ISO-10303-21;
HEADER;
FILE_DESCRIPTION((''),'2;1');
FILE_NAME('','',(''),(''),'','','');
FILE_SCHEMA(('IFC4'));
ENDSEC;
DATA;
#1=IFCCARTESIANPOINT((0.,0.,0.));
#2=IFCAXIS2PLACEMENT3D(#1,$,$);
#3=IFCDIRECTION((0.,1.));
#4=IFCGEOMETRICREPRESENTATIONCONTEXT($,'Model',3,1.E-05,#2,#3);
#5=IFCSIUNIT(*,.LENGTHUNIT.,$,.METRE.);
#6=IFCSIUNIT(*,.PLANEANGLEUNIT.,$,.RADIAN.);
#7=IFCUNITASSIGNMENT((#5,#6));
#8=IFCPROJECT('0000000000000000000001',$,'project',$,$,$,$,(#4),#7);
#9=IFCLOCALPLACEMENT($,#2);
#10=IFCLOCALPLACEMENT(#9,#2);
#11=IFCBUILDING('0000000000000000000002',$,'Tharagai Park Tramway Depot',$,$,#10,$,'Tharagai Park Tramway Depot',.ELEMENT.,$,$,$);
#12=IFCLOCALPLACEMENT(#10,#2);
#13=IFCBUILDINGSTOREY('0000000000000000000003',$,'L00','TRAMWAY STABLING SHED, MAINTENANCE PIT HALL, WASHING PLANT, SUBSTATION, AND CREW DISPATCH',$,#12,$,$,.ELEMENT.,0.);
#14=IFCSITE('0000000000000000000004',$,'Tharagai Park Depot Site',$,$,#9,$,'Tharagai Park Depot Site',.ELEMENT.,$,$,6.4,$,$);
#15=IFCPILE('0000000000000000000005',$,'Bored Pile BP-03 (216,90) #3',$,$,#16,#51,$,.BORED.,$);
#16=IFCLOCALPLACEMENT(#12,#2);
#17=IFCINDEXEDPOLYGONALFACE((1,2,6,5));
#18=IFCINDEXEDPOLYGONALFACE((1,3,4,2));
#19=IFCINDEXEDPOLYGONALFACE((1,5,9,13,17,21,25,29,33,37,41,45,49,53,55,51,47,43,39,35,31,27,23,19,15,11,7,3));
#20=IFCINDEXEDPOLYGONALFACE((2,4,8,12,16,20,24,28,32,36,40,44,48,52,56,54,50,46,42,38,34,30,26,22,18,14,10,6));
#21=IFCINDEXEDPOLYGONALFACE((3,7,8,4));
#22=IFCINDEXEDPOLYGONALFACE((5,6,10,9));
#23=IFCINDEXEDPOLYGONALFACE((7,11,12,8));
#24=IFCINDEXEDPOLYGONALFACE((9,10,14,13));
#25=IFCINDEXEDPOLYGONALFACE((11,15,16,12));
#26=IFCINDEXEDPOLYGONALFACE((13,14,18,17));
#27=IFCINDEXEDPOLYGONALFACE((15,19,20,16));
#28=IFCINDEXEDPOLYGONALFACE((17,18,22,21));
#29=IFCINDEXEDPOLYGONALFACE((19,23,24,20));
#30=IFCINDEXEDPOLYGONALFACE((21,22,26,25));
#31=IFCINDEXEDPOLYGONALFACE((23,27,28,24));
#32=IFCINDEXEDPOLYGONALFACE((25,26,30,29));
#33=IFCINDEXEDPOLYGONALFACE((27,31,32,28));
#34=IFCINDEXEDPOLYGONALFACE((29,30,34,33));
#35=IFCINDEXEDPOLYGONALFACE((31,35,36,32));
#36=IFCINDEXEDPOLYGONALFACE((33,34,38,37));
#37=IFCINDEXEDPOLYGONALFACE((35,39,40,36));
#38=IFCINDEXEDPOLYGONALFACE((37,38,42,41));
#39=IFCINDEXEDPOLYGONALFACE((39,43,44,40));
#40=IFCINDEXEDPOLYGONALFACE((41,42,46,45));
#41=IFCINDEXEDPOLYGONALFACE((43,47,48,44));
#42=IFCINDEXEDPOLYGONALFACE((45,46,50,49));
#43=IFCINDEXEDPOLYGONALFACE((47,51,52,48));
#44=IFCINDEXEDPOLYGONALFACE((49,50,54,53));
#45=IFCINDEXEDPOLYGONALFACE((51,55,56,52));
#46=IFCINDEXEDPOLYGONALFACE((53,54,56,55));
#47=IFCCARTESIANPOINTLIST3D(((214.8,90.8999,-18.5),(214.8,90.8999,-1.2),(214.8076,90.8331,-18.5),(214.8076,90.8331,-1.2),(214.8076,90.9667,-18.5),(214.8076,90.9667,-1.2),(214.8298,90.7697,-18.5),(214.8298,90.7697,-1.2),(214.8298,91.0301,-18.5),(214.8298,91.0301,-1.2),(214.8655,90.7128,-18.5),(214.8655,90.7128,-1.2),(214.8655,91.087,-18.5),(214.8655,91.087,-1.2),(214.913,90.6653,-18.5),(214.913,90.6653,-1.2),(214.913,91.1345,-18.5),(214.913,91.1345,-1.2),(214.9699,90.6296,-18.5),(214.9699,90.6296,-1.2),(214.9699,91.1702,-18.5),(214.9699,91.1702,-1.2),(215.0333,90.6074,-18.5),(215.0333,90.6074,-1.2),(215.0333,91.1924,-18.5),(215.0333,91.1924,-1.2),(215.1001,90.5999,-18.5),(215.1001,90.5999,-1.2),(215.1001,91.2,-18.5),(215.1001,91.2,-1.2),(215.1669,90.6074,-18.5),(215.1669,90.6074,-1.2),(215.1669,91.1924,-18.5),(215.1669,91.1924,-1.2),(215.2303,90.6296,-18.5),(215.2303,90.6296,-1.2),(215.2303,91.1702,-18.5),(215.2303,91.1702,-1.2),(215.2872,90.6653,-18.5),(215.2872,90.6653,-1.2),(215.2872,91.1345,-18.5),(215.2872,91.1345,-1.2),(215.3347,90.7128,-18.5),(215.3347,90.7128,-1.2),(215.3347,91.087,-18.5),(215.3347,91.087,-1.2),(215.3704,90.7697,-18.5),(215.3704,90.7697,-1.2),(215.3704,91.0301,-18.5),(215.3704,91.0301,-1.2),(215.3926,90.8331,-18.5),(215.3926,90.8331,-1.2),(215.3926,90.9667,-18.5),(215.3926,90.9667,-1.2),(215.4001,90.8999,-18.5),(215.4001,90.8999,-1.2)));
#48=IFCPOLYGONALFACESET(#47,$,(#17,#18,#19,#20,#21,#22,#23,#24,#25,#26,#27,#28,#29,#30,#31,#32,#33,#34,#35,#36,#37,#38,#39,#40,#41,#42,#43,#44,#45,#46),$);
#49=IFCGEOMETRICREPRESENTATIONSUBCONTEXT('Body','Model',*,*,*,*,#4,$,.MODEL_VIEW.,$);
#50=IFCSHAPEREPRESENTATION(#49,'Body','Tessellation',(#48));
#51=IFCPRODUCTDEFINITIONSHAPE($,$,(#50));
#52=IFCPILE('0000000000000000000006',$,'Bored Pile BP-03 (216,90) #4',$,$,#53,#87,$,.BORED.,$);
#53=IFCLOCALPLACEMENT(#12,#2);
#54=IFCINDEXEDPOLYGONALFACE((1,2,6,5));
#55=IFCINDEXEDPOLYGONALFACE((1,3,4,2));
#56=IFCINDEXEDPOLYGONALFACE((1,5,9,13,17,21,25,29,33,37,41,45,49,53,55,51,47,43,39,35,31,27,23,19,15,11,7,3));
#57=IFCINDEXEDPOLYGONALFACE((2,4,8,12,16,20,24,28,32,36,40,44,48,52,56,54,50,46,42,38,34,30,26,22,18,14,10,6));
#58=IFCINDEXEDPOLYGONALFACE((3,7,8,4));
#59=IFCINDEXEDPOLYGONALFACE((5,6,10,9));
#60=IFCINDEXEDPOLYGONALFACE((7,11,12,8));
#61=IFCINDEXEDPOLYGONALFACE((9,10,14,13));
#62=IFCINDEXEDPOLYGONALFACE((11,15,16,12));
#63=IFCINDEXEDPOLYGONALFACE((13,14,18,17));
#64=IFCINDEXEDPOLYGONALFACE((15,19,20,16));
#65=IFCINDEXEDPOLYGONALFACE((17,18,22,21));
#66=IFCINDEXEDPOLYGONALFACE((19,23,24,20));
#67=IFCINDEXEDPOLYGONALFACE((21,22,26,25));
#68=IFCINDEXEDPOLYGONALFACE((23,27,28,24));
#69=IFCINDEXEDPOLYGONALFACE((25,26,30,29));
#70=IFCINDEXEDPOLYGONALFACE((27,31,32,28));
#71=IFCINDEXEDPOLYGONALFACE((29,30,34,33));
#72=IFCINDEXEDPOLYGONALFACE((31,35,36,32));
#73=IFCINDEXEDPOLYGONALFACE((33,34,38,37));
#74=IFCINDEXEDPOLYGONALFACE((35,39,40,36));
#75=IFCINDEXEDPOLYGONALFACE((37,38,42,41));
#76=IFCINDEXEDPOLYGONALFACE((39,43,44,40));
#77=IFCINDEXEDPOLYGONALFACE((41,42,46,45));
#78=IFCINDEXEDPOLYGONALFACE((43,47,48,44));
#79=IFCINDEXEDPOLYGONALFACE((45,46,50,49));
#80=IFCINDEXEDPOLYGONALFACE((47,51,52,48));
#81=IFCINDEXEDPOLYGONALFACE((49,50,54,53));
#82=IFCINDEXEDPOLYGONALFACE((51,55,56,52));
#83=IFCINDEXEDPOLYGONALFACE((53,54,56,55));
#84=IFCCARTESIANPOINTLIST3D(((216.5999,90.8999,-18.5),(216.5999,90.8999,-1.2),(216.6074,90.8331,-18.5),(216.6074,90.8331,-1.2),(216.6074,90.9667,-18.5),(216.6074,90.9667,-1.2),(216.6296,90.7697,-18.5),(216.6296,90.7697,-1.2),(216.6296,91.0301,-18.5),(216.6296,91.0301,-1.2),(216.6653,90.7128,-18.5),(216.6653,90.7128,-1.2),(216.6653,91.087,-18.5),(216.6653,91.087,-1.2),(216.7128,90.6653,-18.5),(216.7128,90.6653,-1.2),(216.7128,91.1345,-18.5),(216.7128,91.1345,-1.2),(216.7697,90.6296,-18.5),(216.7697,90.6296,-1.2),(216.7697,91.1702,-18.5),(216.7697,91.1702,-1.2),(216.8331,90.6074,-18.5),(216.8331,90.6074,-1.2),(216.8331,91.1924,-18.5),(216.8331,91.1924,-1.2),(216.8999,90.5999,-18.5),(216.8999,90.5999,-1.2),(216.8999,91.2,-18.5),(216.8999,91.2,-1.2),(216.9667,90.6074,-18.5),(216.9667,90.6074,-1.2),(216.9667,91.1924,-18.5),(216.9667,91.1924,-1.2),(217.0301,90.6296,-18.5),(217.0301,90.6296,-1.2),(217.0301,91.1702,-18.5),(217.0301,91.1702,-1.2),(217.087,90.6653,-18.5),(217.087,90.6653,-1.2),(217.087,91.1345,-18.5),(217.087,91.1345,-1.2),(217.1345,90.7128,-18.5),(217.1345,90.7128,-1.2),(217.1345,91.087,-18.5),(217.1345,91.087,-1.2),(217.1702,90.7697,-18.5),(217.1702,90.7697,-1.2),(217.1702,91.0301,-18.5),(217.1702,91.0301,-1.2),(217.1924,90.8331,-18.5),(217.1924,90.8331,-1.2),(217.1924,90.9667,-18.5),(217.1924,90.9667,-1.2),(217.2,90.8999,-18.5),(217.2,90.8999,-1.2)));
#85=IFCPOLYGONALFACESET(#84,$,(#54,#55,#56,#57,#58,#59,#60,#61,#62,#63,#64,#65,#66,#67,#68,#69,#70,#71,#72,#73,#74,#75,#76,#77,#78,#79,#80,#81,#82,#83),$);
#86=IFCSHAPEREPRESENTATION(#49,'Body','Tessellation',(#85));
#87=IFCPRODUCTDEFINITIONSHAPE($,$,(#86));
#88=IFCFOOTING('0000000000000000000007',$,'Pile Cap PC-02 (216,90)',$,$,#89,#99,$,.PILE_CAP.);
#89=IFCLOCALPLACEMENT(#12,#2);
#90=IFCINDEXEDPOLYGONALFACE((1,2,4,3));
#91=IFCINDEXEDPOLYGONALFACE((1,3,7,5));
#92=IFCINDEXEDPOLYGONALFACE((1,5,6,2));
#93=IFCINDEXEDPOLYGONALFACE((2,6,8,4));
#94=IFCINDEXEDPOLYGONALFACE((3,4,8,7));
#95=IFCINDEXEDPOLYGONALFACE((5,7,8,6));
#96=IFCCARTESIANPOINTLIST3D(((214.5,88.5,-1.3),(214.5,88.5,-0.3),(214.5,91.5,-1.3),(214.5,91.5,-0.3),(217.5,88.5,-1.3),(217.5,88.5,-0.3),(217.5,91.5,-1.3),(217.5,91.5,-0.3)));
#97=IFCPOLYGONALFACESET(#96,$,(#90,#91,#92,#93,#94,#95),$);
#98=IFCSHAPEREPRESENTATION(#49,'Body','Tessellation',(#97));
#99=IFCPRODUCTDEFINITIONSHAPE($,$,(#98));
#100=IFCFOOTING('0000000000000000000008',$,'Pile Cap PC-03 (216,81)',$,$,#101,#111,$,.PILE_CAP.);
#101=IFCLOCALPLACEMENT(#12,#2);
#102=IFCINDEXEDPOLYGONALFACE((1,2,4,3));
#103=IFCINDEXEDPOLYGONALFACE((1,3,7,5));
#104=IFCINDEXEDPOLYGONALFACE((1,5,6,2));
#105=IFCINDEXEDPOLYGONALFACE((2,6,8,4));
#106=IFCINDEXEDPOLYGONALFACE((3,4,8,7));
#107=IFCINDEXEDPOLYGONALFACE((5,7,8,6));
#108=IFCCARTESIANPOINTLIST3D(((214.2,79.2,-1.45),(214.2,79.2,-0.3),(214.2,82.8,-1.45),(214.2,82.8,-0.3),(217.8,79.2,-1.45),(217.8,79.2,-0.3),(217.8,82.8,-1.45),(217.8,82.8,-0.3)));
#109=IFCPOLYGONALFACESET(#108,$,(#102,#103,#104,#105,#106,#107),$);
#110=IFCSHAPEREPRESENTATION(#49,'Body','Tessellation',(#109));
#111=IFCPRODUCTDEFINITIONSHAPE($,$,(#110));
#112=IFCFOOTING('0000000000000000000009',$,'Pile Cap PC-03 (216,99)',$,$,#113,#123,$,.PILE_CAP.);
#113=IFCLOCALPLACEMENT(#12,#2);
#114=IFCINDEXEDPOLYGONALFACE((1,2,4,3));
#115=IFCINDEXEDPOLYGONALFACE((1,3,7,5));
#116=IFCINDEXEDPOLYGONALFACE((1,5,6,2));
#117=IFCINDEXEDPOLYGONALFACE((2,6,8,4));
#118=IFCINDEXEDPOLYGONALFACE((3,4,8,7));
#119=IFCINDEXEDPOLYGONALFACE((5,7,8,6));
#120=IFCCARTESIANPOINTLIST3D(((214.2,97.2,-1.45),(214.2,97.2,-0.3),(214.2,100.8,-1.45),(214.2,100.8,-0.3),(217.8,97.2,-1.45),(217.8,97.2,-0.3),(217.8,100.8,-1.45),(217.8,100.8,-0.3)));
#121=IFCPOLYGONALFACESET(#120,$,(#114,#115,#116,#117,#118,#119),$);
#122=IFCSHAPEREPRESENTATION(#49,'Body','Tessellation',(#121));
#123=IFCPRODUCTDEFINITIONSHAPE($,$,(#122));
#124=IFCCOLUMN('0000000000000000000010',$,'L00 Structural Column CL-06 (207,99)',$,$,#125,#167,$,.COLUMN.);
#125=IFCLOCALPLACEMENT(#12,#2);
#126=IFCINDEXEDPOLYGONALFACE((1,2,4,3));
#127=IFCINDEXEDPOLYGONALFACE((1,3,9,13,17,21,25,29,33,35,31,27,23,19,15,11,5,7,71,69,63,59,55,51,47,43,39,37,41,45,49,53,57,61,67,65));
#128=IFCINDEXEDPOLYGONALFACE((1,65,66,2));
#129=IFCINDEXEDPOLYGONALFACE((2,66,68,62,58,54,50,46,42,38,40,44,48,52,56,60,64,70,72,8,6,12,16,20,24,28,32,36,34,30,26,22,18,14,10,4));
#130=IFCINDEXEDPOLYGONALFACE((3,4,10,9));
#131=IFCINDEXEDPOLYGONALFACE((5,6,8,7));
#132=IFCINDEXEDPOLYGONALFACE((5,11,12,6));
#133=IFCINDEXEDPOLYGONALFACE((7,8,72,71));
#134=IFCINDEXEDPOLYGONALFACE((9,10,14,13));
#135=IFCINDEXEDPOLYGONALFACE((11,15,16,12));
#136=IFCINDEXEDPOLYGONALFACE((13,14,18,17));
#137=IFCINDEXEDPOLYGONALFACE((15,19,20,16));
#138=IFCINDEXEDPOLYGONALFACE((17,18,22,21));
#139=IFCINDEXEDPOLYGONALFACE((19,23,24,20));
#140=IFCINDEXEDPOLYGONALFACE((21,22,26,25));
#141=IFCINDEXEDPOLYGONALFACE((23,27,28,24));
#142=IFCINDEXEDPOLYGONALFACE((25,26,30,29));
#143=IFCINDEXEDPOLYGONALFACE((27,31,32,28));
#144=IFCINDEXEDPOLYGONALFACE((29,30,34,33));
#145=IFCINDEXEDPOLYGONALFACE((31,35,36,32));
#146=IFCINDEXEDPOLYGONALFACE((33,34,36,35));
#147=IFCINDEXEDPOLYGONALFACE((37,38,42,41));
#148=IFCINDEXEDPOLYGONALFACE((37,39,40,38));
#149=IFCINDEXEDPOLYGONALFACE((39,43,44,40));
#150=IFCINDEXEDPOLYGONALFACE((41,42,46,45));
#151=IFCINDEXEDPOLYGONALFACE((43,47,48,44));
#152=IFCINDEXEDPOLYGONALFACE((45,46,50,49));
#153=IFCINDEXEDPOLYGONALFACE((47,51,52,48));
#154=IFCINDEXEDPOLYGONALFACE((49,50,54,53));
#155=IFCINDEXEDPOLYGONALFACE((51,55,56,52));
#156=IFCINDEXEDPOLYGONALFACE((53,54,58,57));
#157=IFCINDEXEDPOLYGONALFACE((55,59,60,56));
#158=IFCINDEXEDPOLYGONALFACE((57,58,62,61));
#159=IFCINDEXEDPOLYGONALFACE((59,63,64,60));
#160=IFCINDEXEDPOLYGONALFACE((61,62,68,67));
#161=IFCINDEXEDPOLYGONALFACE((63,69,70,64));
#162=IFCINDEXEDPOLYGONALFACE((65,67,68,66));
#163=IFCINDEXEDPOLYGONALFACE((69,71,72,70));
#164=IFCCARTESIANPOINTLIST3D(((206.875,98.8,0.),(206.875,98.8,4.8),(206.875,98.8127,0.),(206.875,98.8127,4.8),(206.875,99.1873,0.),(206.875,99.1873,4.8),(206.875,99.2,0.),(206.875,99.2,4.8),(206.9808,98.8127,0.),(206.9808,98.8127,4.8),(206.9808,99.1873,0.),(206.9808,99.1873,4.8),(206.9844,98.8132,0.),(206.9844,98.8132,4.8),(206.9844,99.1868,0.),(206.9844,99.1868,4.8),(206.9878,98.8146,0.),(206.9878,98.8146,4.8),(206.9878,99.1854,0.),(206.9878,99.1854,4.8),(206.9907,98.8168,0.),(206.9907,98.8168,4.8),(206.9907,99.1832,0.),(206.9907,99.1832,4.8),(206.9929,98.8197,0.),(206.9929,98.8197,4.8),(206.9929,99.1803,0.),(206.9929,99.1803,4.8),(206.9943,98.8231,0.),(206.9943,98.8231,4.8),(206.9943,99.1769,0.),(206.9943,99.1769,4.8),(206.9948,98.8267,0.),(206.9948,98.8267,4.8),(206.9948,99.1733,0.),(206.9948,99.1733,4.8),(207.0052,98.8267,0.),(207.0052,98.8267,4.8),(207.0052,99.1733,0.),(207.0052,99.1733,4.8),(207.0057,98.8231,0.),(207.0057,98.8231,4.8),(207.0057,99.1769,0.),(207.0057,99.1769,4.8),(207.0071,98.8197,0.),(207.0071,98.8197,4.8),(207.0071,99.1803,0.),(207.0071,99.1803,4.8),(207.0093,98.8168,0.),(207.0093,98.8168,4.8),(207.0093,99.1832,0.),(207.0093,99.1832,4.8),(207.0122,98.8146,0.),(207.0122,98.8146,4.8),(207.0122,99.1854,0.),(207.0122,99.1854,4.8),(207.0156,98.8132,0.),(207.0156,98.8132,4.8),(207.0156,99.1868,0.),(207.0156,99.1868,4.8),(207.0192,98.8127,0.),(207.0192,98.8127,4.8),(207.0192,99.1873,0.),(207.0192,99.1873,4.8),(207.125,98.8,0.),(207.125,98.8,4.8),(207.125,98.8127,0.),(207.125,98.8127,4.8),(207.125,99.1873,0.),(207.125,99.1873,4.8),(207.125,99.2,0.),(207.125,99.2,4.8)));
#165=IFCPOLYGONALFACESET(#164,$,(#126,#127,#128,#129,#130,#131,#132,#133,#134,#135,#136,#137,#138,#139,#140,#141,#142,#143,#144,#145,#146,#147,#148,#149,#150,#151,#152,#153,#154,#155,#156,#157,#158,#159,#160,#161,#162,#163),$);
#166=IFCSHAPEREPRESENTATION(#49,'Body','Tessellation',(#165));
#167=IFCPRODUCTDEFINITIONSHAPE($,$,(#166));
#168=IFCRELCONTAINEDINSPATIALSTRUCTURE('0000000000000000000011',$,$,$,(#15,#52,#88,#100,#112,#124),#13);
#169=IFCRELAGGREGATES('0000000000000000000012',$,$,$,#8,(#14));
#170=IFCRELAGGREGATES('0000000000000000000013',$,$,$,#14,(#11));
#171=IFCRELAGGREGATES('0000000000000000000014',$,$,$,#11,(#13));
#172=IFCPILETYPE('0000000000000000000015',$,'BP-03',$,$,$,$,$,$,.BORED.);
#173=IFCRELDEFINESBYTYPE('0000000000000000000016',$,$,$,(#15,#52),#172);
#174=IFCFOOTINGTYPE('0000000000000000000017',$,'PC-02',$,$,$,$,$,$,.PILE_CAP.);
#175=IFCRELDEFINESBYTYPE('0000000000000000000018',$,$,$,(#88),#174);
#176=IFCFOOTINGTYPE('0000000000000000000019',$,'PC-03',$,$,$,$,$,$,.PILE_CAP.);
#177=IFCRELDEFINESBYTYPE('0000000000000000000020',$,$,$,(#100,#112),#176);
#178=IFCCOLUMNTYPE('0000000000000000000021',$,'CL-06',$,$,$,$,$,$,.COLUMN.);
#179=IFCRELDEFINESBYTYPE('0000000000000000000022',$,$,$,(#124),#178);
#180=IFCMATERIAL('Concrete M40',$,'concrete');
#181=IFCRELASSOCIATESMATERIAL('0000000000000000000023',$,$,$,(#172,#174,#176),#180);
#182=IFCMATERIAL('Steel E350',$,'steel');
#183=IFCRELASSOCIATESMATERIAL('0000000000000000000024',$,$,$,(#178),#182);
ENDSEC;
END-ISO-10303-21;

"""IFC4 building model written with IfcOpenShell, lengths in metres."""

from ifc_helpers import new_model, si_unit, direction, frame, origin, origin_2d, place, context, subcontext, project, spatial, rectangle, circle, i_section, extrude, material, material_profile, profile_set, type_object, element, save


model = new_model("IFC4")

# Units and contexts
model_context = context("Model", 3, precision=1e-05, world=origin(), true_north=direction((0.0, 1.0)))
body_context = subcontext(model_context, "Body", "Model", "MODEL_VIEW")
ifc_project = project(units=[si_unit("LENGTHUNIT", "METRE"), si_unit("PLANEANGLEUNIT", "RADIAN")], contexts=[model_context])

# Site, building, storey
site_placement = place(None, origin())
site = spatial("IfcSite", under=ifc_project, at=site_placement, Name="Tharagai Park Depot Site", LongName="Tharagai Park Depot Site", CompositionType="ELEMENT", RefElevation=6.4)
building_placement = place(site_placement, origin())
building = spatial("IfcBuilding", under=site, at=building_placement, Name="Tharagai Park Tramway Depot", LongName="Tharagai Park Tramway Depot", CompositionType="ELEMENT")
storey_placement = place(building_placement, origin())
storey = spatial("IfcBuildingStorey", under=building, at=storey_placement, Name="L00", Description="TRAMWAY STABLING SHED, MAINTENANCE PIT HALL, WASHING PLANT, SUBSTATION, AND CREW DISPATCH", CompositionType="ELEMENT", Elevation=0.0)

# Piles
ifc_material_1 = material(Name="Concrete M40", Category="concrete")
ifc_material_profile_1 = material_profile(ifc_material_1, circle(Radius=0.3, at=origin_2d()), Name="PILE D600")
ifc_profile_set_1 = profile_set([ifc_material_profile_1], Name="Concrete M40")
pile_type_1 = type_object("IfcPileType", Name="BP-03", PredefinedType="BORED", material=ifc_profile_set_1)
for number, where, z_axis, x_axis, name in (
    (1, (215.1001, 90.8999, -1.2), (0.0, 0.0, -1.0), (1.0, 0.0, 0.0), "Bored Pile BP-03 (216,90) #3"),
    (2, (216.8999, 90.8999, -1.2), (0.0, 0.0, -1.0), (1.0, 0.0, 0.0), "Bored Pile BP-03 (216,90) #4"),
):
    element("IfcPile", number, at=place(storey_placement, frame(where, z_axis=z_axis, x_axis=x_axis)), inside=storey, type_object=pile_type_1, Name=name, PredefinedType="BORED", context=body_context, shape_type="SweptSolid", body=[
        extrude(circle(Radius=0.3, at=origin_2d()), origin(), (0.0, 0.0, 1.0), 17.3),
    ])

# Footings
footing_type_1 = type_object("IfcFootingType", Name="PC-02", PredefinedType="PILE_CAP", material=ifc_material_1)
footing_placement = place(storey_placement, frame((216.0, 90.0, -1.3), z_axis=(0.0, 0.0, 1.0), x_axis=(1.0, 0.0, 0.0)))
element("IfcFooting", 3, at=footing_placement, inside=storey, type_object=footing_type_1, Name="Pile Cap PC-02 (216,90)", PredefinedType="PILE_CAP", context=body_context, shape_type="SweptSolid", body=[
    extrude(rectangle(XDim=3.0, YDim=3.0, at=origin_2d()), origin(), (0.0, 0.0, 1.0), 1.0),
])
footing_type_2 = type_object("IfcFootingType", Name="PC-03", PredefinedType="PILE_CAP", material=ifc_material_1)
for number, where, z_axis, x_axis, name in (
    (4, (216.0, 81.0, -1.45), (0.0, 0.0, 1.0), (1.0, 0.0, 0.0), "Pile Cap PC-03 (216,81)"),
    (5, (216.0, 99.0, -1.45), (0.0, 0.0, 1.0), (1.0, 0.0, 0.0), "Pile Cap PC-03 (216,99)"),
):
    element("IfcFooting", number, at=place(storey_placement, frame(where, z_axis=z_axis, x_axis=x_axis)), inside=storey, type_object=footing_type_2, Name=name, PredefinedType="PILE_CAP", context=body_context, shape_type="SweptSolid", body=[
        extrude(rectangle(XDim=3.6001, YDim=3.6001, at=origin_2d()), origin(), (0.0, 0.0, 1.0), 1.1499),
    ])

# Column
ifc_material_2 = material(Name="Steel E350", Category="steel")
ifc_material_profile_2 = material_profile(ifc_material_2, i_section(OverallWidth=0.25, OverallDepth=0.3999, WebThickness=0.0105, FlangeThickness=0.0127, FilletRadius=0.0139, at=origin_2d()), Name="ISHB 400")
ifc_profile_set_2 = profile_set([ifc_material_profile_2], Name="Steel E350")
column_type_1 = type_object("IfcColumnType", Name="CL-06", PredefinedType="COLUMN", material=ifc_profile_set_2)
for number, where, z_axis, x_axis, name in (
    (6, (207.0, 99.0, 0.0), (0.0, 0.0, 1.0), (1.0, 0.0, 0.0), "L00 Structural Column CL-06 (207,99)"),
):
    element("IfcColumn", number, at=place(storey_placement, frame(where, z_axis=z_axis, x_axis=x_axis)), inside=storey, type_object=column_type_1, Name=name, PredefinedType="COLUMN", context=body_context, shape_type="SweptSolid", body=[
        extrude(i_section(OverallWidth=0.25, OverallDepth=0.3999, WebThickness=0.0105, FlangeThickness=0.0127, FilletRadius=0.0139, at=origin_2d()), origin(), (0.0, 0.0, 1.0), 4.8),
    ])

save(model, "model.ifc")
